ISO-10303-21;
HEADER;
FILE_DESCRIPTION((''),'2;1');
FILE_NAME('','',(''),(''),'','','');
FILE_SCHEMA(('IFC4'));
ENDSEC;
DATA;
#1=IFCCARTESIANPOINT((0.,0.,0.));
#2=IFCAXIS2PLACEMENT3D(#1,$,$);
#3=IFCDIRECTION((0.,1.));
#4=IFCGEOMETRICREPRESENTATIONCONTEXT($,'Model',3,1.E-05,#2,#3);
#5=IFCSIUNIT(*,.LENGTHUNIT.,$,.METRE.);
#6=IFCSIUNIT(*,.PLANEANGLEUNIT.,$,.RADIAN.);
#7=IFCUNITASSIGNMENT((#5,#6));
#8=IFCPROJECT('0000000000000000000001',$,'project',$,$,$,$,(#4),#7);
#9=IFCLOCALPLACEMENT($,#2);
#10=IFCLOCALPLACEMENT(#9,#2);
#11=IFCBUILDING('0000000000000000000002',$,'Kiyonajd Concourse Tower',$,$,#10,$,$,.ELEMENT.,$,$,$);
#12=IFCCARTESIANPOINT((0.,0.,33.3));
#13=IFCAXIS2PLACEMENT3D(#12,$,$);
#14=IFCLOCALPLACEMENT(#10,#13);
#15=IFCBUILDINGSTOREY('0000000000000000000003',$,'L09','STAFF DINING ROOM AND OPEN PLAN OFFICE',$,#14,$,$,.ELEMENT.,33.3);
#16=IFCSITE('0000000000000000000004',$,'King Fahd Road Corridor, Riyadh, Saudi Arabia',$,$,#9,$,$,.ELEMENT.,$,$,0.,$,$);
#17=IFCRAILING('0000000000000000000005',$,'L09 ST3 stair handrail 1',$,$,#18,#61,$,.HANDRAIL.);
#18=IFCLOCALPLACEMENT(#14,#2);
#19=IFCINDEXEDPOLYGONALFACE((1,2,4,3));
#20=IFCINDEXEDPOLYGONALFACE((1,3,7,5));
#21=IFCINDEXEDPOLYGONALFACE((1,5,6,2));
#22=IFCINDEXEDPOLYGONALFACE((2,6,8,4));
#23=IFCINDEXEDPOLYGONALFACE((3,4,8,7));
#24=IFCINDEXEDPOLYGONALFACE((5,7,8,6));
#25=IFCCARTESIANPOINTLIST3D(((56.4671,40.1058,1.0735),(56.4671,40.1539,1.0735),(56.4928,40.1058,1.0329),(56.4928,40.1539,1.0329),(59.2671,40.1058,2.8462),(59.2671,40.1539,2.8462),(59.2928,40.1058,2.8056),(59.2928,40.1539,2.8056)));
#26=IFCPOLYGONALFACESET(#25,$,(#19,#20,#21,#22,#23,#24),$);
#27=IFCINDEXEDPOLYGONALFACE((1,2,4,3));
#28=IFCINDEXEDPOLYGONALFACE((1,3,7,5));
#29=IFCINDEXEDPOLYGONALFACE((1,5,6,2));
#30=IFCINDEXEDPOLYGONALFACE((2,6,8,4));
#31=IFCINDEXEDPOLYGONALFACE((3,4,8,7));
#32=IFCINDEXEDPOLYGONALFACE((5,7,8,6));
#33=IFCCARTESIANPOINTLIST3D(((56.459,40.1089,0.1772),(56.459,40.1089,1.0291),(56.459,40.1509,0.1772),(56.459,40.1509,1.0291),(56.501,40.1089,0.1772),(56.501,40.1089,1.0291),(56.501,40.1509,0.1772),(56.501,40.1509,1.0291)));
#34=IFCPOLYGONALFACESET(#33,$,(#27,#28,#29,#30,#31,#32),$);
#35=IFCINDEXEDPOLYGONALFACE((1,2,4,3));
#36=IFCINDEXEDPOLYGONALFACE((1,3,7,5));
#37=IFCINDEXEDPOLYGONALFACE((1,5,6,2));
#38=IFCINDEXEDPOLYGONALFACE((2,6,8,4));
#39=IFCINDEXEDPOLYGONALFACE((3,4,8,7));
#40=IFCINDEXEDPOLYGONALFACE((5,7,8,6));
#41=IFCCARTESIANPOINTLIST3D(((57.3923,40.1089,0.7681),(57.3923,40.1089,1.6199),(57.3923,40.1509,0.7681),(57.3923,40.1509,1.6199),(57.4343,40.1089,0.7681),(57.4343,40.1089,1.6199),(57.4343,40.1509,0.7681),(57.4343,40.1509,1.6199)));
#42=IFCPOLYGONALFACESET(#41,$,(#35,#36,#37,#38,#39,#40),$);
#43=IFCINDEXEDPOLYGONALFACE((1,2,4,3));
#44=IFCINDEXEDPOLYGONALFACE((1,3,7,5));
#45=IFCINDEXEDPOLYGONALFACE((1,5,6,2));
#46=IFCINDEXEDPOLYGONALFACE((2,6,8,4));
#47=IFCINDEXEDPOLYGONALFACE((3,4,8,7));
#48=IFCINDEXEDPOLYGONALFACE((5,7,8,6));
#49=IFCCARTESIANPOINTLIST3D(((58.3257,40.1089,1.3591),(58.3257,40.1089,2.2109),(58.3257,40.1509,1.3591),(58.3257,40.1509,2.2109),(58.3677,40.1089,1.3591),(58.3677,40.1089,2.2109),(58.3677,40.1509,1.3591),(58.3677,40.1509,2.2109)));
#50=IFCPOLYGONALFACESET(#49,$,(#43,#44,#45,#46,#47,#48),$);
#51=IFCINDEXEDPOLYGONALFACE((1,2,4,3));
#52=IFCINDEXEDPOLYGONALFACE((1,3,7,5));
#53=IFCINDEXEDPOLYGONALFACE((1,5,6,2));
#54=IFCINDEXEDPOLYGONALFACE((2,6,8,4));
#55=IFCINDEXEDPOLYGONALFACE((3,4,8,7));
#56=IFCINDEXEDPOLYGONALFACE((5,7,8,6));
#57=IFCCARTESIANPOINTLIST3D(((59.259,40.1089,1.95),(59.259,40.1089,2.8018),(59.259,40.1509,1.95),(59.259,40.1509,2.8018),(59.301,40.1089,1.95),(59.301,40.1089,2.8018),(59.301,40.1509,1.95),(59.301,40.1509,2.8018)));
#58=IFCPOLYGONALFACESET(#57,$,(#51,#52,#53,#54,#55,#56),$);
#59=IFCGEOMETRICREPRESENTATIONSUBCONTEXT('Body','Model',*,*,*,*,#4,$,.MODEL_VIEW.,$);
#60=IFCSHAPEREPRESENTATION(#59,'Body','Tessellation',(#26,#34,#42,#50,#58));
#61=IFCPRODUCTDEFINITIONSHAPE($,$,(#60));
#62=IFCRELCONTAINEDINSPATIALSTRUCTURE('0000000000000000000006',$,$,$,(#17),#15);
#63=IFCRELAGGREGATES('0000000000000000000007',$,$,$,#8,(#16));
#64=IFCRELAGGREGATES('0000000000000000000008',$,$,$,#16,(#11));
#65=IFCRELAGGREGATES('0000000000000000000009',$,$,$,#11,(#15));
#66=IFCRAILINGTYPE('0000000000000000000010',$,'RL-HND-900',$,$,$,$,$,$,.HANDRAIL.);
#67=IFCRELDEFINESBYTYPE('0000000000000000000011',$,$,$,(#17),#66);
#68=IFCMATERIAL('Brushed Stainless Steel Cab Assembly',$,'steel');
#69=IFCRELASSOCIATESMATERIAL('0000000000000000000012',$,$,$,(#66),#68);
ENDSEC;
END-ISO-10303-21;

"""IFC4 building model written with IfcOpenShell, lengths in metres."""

from ifc_helpers import new_model, si_unit, direction, frame, origin, origin_2d, place, context, subcontext, project, spatial, rectangle, extrude, material, type_object, element, save


model = new_model("IFC4")

# Units and contexts
model_context = context("Model", 3, precision=1e-05, world=origin(), true_north=direction((0.0, 1.0)))
body_context = subcontext(model_context, "Body", "Model", "MODEL_VIEW")
ifc_project = project(units=[si_unit("LENGTHUNIT", "METRE"), si_unit("PLANEANGLEUNIT", "RADIAN")], contexts=[model_context])

# Site, building, storey
site_placement = place(None, origin())
site = spatial("IfcSite", under=ifc_project, at=site_placement, Name="King Fahd Road Corridor, Riyadh, Saudi Arabia", CompositionType="ELEMENT", RefElevation=0.0)
building_placement = place(site_placement, origin())
building = spatial("IfcBuilding", under=site, at=building_placement, Name="Kiyonajd Concourse Tower", CompositionType="ELEMENT")
storey_placement = place(building_placement, frame((0.0, 0.0, 33.3)))
storey = spatial("IfcBuildingStorey", under=building, at=storey_placement, Name="L09", Description="STAFF DINING ROOM AND OPEN PLAN OFFICE", CompositionType="ELEMENT", Elevation=33.3)

# Shared definitions
ifc_material_1 = material(Name="Brushed Stainless Steel Cab Assembly", Category="steel")

# Railing
railing_type_1 = type_object("IfcRailingType", Name="RL-HND-900", PredefinedType="HANDRAIL", material=ifc_material_1)
railing_1_placement = place(storey_placement, frame((56.48, 40.1299, 0.1772)))
element("IfcRailing", 1, at=railing_1_placement, inside=storey, type_object=railing_type_1, Name="L09 ST3 stair handrail 1", PredefinedType="HANDRAIL", context=body_context, shape_type="SweptSolid", body=[
    extrude(rectangle(XDim=0.0481, YDim=0.0481, at=origin_2d()), frame((0.0, 0.0, 0.876), z_axis=(0.844909, 0.0, 0.53491), x_axis=(0.0, 1.0, 0.0)), (0.0, 0.0, 1.0), 3.314),
    extrude(rectangle(XDim=0.042, YDim=0.042, at=origin_2d()), origin(), (0.0, 0.0, 1.0), 0.8518),
    extrude(rectangle(XDim=0.042, YDim=0.042, at=origin_2d()), frame((0.9333, 0.0, 0.5908)), (0.0, 0.0, 1.0), 0.8518),
    extrude(rectangle(XDim=0.042, YDim=0.042, at=origin_2d()), frame((1.8667, 0.0, 1.1819)), (0.0, 0.0, 1.0), 0.8518),
    extrude(rectangle(XDim=0.042, YDim=0.042, at=origin_2d()), frame((2.8, 0.0, 1.7727)), (0.0, 0.0, 1.0), 0.8518),
])

save(model, "model.ifc")
